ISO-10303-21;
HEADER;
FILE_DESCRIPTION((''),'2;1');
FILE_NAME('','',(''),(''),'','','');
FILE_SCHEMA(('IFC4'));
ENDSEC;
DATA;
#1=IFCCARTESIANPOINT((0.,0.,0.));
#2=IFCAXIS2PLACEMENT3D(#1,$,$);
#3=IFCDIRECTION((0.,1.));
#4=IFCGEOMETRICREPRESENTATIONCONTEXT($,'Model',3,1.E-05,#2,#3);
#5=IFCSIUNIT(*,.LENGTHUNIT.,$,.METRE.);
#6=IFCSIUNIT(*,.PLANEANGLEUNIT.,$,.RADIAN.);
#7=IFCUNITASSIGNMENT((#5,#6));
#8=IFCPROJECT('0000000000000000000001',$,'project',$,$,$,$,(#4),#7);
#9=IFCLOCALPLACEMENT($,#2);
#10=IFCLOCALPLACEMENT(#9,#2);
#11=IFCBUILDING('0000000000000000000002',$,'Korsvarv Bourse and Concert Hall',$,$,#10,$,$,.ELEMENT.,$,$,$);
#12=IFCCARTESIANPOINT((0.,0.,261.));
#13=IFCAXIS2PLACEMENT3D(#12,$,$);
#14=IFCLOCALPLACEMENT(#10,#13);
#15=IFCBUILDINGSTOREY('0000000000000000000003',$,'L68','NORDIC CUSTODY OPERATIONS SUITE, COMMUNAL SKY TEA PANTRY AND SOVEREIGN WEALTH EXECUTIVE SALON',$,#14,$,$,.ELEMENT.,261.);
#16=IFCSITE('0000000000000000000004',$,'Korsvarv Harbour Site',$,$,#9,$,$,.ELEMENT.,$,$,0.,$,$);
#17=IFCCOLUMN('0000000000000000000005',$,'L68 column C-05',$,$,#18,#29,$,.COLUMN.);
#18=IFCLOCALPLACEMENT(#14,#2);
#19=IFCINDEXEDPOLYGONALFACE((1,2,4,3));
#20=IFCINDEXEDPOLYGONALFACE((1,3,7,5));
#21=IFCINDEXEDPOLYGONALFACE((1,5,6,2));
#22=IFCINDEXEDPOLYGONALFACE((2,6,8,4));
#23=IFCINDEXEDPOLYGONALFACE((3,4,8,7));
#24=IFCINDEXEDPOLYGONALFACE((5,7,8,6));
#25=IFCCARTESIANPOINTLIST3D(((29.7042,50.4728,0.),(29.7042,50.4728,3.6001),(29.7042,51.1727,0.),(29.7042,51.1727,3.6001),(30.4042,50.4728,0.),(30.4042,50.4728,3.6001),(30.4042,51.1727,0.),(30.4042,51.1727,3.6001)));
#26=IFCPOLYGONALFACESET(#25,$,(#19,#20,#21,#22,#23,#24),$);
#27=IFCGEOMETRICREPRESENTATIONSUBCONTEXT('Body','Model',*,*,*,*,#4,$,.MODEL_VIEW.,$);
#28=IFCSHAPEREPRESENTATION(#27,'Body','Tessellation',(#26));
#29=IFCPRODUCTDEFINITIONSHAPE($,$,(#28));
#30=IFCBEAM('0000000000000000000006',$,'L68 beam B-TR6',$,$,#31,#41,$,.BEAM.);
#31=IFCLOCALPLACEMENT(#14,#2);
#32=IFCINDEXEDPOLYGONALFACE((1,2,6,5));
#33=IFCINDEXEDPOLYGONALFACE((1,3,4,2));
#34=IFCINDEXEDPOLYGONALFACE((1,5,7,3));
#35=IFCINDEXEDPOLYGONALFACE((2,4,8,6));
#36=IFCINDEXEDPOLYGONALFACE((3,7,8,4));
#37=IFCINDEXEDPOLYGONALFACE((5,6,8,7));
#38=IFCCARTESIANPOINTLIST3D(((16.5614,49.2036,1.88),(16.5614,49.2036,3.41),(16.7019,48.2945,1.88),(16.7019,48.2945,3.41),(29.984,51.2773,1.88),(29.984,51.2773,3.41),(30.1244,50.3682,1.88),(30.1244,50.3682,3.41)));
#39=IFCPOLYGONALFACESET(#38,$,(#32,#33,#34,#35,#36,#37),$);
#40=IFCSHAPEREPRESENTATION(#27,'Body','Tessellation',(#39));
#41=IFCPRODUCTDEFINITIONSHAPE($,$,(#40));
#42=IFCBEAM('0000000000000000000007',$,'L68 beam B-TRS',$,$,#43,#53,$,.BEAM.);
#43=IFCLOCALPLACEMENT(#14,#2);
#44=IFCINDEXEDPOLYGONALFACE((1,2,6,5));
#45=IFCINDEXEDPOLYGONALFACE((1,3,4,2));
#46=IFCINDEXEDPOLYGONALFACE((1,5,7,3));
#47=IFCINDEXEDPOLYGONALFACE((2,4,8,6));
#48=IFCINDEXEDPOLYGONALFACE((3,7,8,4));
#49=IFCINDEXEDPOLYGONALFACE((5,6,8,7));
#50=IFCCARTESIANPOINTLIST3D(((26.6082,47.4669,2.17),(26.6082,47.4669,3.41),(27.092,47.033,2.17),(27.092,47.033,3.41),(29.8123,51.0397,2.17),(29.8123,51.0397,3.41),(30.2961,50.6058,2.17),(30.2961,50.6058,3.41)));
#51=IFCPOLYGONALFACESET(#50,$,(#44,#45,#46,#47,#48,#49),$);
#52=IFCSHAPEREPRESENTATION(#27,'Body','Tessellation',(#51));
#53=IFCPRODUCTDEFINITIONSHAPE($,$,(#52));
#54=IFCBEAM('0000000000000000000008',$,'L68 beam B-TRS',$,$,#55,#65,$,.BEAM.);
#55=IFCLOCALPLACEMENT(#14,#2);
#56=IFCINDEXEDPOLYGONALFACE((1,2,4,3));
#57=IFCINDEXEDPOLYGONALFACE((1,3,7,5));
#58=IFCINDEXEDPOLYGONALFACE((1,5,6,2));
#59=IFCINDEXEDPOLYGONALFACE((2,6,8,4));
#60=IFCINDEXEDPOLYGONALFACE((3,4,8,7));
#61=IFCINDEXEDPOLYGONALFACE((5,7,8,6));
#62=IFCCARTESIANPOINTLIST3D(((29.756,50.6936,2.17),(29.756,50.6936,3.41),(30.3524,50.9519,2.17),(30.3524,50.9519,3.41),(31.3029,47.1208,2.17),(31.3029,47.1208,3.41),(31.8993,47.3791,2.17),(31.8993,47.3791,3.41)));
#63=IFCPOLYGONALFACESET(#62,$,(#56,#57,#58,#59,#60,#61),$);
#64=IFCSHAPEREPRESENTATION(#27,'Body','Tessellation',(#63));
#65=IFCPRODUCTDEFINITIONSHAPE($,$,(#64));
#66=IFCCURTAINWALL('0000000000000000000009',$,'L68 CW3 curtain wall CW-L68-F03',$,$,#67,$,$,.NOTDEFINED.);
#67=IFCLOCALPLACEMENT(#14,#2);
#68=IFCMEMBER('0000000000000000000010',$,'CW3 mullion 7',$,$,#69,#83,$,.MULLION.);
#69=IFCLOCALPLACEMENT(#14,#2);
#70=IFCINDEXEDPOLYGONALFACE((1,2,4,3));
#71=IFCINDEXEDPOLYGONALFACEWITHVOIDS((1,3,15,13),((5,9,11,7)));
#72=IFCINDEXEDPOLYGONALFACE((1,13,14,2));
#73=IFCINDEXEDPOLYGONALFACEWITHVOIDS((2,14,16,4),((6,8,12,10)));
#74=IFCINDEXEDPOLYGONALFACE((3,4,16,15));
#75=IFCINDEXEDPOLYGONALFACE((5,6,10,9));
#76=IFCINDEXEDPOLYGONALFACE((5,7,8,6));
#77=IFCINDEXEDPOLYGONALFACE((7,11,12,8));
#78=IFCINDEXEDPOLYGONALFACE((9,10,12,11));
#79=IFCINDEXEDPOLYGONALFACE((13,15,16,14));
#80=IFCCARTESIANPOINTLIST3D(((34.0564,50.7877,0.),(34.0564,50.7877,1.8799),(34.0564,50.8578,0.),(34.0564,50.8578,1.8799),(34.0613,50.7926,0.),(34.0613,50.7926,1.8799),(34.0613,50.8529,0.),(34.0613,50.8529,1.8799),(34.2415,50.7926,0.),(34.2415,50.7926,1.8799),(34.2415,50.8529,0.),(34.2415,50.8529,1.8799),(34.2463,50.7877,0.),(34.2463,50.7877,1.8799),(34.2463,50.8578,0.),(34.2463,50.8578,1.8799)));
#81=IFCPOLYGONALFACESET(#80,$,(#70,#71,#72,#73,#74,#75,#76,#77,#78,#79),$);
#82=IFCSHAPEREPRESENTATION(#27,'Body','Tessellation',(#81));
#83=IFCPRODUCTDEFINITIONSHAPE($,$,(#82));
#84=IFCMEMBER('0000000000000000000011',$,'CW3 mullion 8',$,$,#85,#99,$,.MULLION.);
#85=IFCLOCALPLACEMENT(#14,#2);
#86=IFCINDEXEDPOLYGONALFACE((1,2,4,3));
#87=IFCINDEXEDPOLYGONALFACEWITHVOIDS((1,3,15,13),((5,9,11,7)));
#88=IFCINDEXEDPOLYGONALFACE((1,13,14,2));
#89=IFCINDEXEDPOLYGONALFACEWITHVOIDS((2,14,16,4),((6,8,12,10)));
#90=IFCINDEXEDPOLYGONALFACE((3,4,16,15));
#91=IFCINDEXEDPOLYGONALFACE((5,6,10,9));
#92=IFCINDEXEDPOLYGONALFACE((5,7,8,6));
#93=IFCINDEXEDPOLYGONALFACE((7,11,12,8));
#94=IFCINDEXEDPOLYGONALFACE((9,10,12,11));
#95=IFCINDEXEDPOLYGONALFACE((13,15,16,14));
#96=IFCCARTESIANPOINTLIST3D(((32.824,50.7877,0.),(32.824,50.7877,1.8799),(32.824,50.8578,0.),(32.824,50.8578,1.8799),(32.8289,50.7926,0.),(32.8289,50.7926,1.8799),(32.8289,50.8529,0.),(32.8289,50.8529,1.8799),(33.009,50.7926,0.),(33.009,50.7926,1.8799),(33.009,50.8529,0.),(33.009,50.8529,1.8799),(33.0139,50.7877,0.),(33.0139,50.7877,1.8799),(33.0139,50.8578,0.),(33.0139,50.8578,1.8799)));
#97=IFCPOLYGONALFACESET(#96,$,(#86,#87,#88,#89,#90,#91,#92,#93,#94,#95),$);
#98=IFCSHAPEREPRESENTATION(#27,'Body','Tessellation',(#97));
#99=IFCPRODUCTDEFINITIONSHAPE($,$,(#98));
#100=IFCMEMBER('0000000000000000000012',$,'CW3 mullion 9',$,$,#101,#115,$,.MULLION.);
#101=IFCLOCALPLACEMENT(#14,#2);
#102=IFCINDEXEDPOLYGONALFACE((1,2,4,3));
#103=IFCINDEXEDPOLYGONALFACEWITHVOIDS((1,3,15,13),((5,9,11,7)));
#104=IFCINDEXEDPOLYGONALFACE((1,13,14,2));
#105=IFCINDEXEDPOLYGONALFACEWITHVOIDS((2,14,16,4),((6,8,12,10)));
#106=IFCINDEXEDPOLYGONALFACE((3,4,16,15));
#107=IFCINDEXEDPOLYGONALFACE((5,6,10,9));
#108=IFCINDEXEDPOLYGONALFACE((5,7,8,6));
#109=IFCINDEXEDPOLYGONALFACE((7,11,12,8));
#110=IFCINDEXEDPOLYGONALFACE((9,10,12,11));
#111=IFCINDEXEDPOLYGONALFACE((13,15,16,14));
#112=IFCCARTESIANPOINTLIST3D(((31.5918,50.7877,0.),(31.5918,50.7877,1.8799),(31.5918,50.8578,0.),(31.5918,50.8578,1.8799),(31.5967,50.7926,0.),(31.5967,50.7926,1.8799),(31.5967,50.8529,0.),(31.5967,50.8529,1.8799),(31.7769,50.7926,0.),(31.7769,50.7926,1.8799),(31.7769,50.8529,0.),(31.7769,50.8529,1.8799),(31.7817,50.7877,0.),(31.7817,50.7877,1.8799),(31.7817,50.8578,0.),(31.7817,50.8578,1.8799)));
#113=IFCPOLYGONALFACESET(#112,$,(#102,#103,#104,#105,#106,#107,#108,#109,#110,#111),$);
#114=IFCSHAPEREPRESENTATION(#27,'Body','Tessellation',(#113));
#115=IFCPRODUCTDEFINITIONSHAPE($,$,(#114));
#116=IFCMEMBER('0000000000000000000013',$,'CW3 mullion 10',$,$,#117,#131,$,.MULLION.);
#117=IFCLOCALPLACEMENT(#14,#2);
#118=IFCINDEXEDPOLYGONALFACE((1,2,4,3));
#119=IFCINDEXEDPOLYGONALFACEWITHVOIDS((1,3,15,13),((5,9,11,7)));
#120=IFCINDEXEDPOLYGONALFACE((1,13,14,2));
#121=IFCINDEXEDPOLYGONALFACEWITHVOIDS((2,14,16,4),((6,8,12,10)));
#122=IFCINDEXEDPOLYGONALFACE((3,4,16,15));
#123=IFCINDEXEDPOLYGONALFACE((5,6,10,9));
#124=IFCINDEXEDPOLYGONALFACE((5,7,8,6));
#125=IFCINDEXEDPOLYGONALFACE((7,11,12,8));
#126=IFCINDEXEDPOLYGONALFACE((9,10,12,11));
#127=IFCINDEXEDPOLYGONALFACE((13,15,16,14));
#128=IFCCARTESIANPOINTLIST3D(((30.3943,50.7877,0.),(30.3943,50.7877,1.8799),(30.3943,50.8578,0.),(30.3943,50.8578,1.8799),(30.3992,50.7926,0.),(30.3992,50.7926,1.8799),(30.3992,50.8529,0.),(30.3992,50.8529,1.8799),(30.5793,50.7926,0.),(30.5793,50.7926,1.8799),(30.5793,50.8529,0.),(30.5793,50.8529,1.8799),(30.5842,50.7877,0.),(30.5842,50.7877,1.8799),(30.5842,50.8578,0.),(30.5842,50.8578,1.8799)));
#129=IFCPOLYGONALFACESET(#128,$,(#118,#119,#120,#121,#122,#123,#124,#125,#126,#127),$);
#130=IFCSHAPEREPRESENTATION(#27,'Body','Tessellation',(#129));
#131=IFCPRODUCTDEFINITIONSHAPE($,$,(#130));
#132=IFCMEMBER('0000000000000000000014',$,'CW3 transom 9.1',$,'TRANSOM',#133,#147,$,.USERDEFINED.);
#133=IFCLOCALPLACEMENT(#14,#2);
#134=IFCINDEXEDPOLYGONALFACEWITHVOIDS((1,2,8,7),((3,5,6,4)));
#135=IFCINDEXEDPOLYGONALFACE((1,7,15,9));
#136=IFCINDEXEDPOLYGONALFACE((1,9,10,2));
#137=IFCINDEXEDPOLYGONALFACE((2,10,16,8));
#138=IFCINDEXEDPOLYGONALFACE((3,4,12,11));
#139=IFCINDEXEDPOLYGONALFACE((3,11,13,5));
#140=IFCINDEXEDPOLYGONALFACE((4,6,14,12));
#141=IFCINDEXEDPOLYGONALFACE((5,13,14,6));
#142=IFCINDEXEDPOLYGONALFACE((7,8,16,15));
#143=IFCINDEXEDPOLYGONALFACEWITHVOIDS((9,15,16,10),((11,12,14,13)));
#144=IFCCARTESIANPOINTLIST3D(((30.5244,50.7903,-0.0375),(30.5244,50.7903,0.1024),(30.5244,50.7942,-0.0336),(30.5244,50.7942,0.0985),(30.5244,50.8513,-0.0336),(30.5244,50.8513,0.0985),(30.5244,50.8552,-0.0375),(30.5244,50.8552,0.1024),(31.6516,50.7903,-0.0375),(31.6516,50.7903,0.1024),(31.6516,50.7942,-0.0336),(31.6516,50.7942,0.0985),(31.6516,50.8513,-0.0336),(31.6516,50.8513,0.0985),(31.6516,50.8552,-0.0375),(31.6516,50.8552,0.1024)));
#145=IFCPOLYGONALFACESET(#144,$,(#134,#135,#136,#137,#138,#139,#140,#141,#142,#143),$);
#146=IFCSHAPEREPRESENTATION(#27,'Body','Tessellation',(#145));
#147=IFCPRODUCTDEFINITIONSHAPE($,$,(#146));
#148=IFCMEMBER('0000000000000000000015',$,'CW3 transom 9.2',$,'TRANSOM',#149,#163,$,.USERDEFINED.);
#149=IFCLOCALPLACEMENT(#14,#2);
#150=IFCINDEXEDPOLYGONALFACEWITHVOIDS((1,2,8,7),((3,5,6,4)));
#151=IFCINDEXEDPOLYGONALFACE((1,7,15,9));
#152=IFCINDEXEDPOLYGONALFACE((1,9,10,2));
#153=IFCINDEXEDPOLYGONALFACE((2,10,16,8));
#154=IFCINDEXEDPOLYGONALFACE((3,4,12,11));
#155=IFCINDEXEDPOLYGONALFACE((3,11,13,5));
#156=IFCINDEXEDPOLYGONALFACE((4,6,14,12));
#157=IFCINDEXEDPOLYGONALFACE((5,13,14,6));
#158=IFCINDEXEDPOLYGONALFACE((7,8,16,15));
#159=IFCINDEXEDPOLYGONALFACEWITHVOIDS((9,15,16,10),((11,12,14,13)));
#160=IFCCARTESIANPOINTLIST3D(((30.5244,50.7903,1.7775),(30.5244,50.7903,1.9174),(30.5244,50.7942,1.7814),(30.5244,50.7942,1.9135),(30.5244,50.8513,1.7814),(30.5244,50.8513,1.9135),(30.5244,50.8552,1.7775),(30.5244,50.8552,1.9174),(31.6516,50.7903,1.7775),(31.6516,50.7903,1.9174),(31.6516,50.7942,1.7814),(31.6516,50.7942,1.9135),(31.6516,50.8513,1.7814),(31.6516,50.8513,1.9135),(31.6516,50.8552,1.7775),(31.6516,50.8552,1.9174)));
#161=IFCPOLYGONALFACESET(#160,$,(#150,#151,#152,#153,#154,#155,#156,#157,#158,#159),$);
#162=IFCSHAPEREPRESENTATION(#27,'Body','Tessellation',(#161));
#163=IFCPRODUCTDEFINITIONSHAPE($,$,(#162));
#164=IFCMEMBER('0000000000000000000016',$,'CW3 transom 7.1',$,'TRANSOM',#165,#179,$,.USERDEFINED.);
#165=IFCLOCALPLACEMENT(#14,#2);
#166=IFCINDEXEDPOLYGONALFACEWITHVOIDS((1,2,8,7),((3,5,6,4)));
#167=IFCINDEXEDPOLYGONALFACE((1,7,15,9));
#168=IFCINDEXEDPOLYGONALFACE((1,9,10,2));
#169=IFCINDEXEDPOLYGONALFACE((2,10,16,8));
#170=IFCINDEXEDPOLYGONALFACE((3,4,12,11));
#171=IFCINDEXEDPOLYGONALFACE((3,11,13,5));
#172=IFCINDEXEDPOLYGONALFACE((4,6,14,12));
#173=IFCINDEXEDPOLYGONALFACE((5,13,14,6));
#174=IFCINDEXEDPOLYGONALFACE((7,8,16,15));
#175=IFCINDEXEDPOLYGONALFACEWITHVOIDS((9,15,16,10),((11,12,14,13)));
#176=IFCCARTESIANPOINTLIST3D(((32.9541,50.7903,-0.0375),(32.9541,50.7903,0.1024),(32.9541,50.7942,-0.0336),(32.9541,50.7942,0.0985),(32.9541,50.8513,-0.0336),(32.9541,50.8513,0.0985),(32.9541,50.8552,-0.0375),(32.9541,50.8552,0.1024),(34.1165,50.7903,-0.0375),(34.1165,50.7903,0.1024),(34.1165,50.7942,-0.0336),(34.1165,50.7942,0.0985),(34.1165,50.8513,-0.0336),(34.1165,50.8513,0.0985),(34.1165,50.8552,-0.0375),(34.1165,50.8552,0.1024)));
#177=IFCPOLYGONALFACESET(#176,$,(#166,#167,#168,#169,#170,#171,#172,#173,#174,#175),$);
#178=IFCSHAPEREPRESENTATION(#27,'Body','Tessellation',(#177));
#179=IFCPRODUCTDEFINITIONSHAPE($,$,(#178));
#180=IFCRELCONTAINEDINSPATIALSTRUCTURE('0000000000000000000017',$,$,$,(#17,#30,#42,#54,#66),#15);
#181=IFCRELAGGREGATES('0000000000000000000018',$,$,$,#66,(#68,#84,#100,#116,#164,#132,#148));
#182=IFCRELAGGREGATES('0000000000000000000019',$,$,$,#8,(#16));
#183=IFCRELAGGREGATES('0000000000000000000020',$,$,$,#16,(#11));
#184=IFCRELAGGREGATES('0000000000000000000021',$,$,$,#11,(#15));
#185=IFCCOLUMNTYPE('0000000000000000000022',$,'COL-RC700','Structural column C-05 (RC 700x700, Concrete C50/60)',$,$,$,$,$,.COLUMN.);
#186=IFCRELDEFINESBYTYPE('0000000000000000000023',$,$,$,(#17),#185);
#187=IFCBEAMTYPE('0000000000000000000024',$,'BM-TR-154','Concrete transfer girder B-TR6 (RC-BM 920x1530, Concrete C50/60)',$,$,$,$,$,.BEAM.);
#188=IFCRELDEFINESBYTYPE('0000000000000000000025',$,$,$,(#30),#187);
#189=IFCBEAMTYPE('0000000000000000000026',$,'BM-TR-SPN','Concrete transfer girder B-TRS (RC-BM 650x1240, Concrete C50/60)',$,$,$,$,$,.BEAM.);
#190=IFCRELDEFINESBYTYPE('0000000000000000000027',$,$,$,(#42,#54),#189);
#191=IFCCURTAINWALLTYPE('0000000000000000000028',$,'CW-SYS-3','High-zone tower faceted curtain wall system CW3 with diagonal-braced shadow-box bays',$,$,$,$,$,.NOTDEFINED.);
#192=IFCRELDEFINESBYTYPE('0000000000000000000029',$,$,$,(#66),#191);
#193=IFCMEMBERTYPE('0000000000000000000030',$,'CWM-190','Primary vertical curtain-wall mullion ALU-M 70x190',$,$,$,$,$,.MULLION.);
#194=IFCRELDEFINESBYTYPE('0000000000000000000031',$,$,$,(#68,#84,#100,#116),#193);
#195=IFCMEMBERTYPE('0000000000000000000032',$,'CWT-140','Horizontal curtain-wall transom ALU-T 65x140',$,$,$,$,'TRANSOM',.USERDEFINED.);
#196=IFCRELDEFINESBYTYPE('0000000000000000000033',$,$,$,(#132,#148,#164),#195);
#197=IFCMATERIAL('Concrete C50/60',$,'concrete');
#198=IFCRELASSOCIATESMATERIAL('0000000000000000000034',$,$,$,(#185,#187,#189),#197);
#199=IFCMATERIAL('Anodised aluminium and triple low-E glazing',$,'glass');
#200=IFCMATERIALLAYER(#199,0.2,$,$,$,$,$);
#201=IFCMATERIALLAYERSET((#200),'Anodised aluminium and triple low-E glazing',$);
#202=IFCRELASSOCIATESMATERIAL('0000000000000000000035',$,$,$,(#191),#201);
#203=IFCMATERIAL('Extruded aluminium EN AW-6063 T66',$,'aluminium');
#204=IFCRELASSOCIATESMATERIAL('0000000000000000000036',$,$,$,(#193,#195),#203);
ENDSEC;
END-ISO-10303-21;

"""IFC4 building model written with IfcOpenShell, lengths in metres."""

from ifc_helpers import new_model, si_unit, direction, frame, origin, origin_2d, place, context, subcontext, project, spatial, rectangle, hollow_rectangle, extrude, source, transform, mapped, material, layer, layer_set, material_profile, profile_set, type_object, element, aggregate, save


model = new_model("IFC4")

# Units and contexts
model_context = context("Model", 3, precision=1e-05, world=origin(), true_north=direction((0.0, 1.0)))
body_context = subcontext(model_context, "Body", "Model", "MODEL_VIEW")
ifc_project = project(units=[si_unit("LENGTHUNIT", "METRE"), si_unit("PLANEANGLEUNIT", "RADIAN")], contexts=[model_context])

# Site, building, storey
site_placement = place(None, origin())
site = spatial("IfcSite", under=ifc_project, at=site_placement, Name="Korsvarv Harbour Site", CompositionType="ELEMENT", RefElevation=0.0)
building_placement = place(site_placement, origin())
building = spatial("IfcBuilding", under=site, at=building_placement, Name="Korsvarv Bourse and Concert Hall", CompositionType="ELEMENT")
storey_placement = place(building_placement, frame((0.0, 0.0, 261.0)))
storey = spatial("IfcBuildingStorey", under=building, at=storey_placement, Name="L68", Description="NORDIC CUSTODY OPERATIONS SUITE, COMMUNAL SKY TEA PANTRY AND SOVEREIGN WEALTH EXECUTIVE SALON", CompositionType="ELEMENT", Elevation=261.0)

# Column
ifc_material_1 = material(Name="Concrete C50/60", Category="concrete")
ifc_material_profile_1 = material_profile(ifc_material_1, rectangle(XDim=0.7, YDim=0.7, at=origin_2d()), Name="RC 700x700")
ifc_profile_set_1 = profile_set([ifc_material_profile_1], Name="Concrete C50/60")
column_type = type_object("IfcColumnType", Name="COL-RC700", Description="Structural column C-05 (RC 700x700, Concrete C50/60)", PredefinedType="COLUMN", material=ifc_profile_set_1)
shared_shape_1 = source(origin(), body_context, "Body", "SweptSolid", [
    extrude(rectangle(XDim=0.7, YDim=0.7, at=origin_2d()), origin(), (0.0, 0.0, 1.0), 3.6001),
])
column_placement = place(storey_placement, frame((30.0542, 50.8228, 0.0), z_axis=(0.0, 0.0, 1.0), x_axis=(1.0, 0.0, 0.0)))
element("IfcColumn", 1, at=column_placement, inside=storey, type_object=column_type, Name="L68 column C-05", PredefinedType="COLUMN", context=body_context, shape_type="MappedRepresentation", body=[
    mapped(shared_shape_1, transform((0.0, 0.0, 0.0), scale=1.0)),
])

# Beams
ifc_material_profile_2 = material_profile(ifc_material_1, rectangle(XDim=0.9199, YDim=1.53, at=origin_2d()), Name="RC-BM 920x1530")
ifc_profile_set_2 = profile_set([ifc_material_profile_2], Name="Concrete C50/60")
beam_type_1 = type_object("IfcBeamType", Name="BM-TR-154", Description="Concrete transfer girder B-TR6 (RC-BM 920x1530, Concrete C50/60)", PredefinedType="BEAM", material=ifc_profile_set_2)
shared_shape_2 = source(origin(), body_context, "Body", "SweptSolid", [
    extrude(rectangle(XDim=0.9199, YDim=1.53, at=origin_2d()), origin(), (0.0, 0.0, 1.0), 13.5818),
])
beam_1_placement = place(storey_placement, frame((30.0542, 50.8228, 2.645), z_axis=(-0.988275, -0.152684, 0.0), x_axis=(0.152684, -0.988275, 0.0)))
element("IfcBeam", 2, at=beam_1_placement, inside=storey, type_object=beam_type_1, Name="L68 beam B-TR6", PredefinedType="BEAM", context=body_context, shape_type="MappedRepresentation", body=[
    mapped(shared_shape_2, transform((0.0, 0.0, 0.0), scale=1.0)),
])
ifc_material_profile_3 = material_profile(ifc_material_1, rectangle(XDim=0.6499, YDim=1.24, at=origin_2d()), Name="RC-BM 650x1240")
ifc_profile_set_3 = profile_set([ifc_material_profile_3], Name="Concrete C50/60")
beam_type_2 = type_object("IfcBeamType", Name="BM-TR-SPN", Description="Concrete transfer girder B-TRS (RC-BM 650x1240, Concrete C50/60)", PredefinedType="BEAM", material=ifc_profile_set_3)
shared_shape_3 = source(origin(), body_context, "Body", "SweptSolid", [
    extrude(rectangle(XDim=0.6499, YDim=1.24, at=origin_2d()), origin(), (0.0, 0.0, 1.0), 4.7991),
])
beam_2_placement = place(storey_placement, frame((30.0542, 50.8228, 2.79), z_axis=(-0.667654, -0.744472, 0.0), x_axis=(0.744472, -0.667654, 0.0)))
element("IfcBeam", 3, at=beam_2_placement, inside=storey, type_object=beam_type_2, Name="L68 beam B-TRS", PredefinedType="BEAM", context=body_context, shape_type="MappedRepresentation", body=[
    mapped(shared_shape_3, transform((0.0, 0.0, 0.0), scale=1.0)),
])
shared_shape_4 = source(origin(), body_context, "Body", "SweptSolid", [
    extrude(rectangle(XDim=0.6499, YDim=1.24, at=origin_2d()), origin(), (0.0, 0.0, 1.0), 3.8933),
])
beam_3_placement = place(storey_placement, frame((30.0542, 50.8228, 2.79), z_axis=(0.397322, -0.917679, 0.0), x_axis=(0.917679, 0.397322, 0.0)))
element("IfcBeam", 4, at=beam_3_placement, inside=storey, type_object=beam_type_2, Name="L68 beam B-TRS", PredefinedType="BEAM", context=body_context, shape_type="MappedRepresentation", body=[
    mapped(shared_shape_4, transform((0.0, 0.0, 0.0), scale=1.0)),
])

# Curtain wall, members
ifc_material_2 = material(Name="Anodised aluminium and triple low-E glazing", Category="glass")
ifc_layer_1 = layer(ifc_material_2, 0.2)
ifc_layer_set_1 = layer_set([ifc_layer_1], Name="Anodised aluminium and triple low-E glazing")
curtain_wall_type = type_object("IfcCurtainWallType", Name="CW-SYS-3", Description="High-zone tower faceted curtain wall system CW3 with diagonal-braced shadow-box bays", PredefinedType="NOTDEFINED", material=ifc_layer_set_1)
curtain_wall_placement = place(storey_placement, origin())
curtain_wall = element("IfcCurtainWall", 5, at=curtain_wall_placement, inside=storey, type_object=curtain_wall_type, Name="L68 CW3 curtain wall CW-L68-F03", PredefinedType="NOTDEFINED")
ifc_material_3 = material(Name="Extruded aluminium EN AW-6063 T66", Category="aluminium")
ifc_material_profile_4 = material_profile(ifc_material_3, hollow_rectangle(XDim=0.0701, YDim=0.1899, WallThickness=0.0049, at=origin_2d()), Name="ALU-M 70x190")
ifc_profile_set_4 = profile_set([ifc_material_profile_4], Name="Extruded aluminium EN AW-6063 T66")
member_type_1 = type_object("IfcMemberType", Name="CWM-190", Description="Primary vertical curtain-wall mullion ALU-M 70x190", PredefinedType="MULLION", material=ifc_profile_set_4)
shared_shape_5 = source(origin(), body_context, "Body", "SweptSolid", [
    extrude(hollow_rectangle(XDim=0.0701, YDim=0.1899, WallThickness=0.0049, at=origin_2d()), origin(), (0.0, 0.0, 1.0), 1.8799),
])
member_1_placement = place(storey_placement, frame((34.1514, 50.8228, 0.0), z_axis=(0.0, 0.0, 1.0), x_axis=(0.0, -1.0, 0.0)))
member_1 = element("IfcMember", 6, at=member_1_placement, type_object=member_type_1, Name="CW3 mullion 7", PredefinedType="MULLION", context=body_context, shape_type="MappedRepresentation", body=[
    mapped(shared_shape_5, transform((0.0, 0.0, 0.0), scale=1.0)),
])
member_2_placement = place(storey_placement, frame((32.9189, 50.8228, 0.0), z_axis=(0.0, 0.0, 1.0), x_axis=(0.0, -1.0, 0.0)))
member_2 = element("IfcMember", 7, at=member_2_placement, type_object=member_type_1, Name="CW3 mullion 8", PredefinedType="MULLION", context=body_context, shape_type="MappedRepresentation", body=[
    mapped(shared_shape_5, transform((0.0, 0.0, 0.0), scale=1.0)),
])
member_3_placement = place(storey_placement, frame((31.6868, 50.8228, 0.0), z_axis=(0.0, 0.0, 1.0), x_axis=(0.0, -1.0, 0.0)))
member_3 = element("IfcMember", 8, at=member_3_placement, type_object=member_type_1, Name="CW3 mullion 9", PredefinedType="MULLION", context=body_context, shape_type="MappedRepresentation", body=[
    mapped(shared_shape_5, transform((0.0, 0.0, 0.0), scale=1.0)),
])
member_4_placement = place(storey_placement, frame((30.4893, 50.8228, 0.0), z_axis=(0.0, 0.0, 1.0), x_axis=(0.0, -1.0, 0.0)))
member_4 = element("IfcMember", 9, at=member_4_placement, type_object=member_type_1, Name="CW3 mullion 10", PredefinedType="MULLION", context=body_context, shape_type="MappedRepresentation", body=[
    mapped(shared_shape_5, transform((0.0, 0.0, 0.0), scale=1.0)),
])
ifc_material_profile_5 = material_profile(ifc_material_3, hollow_rectangle(XDim=0.0649, YDim=0.1399, WallThickness=0.0039, at=origin_2d()), Name="ALU-T 65x140")
ifc_profile_set_5 = profile_set([ifc_material_profile_5], Name="Extruded aluminium EN AW-6063 T66")
member_type_2 = type_object("IfcMemberType", Name="CWT-140", Description="Horizontal curtain-wall transom ALU-T 65x140", ElementType="TRANSOM", PredefinedType="USERDEFINED", material=ifc_profile_set_5)
shared_shape_6 = source(origin(), body_context, "Body", "SweptSolid", [
    extrude(hollow_rectangle(XDim=0.0649, YDim=0.1399, WallThickness=0.0039, at=origin_2d()), origin(), (0.0, 0.0, 1.0), 1.1272),
])
member_5_placement = place(storey_placement, frame((31.6516, 50.8228, 0.0325), z_axis=(-1.0, 0.0, 0.0), x_axis=(0.0, -1.0, 0.0)))
member_5 = element("IfcMember", 10, at=member_5_placement, type_object=member_type_2, Name="CW3 transom 9.1", ObjectType="TRANSOM", PredefinedType="USERDEFINED", context=body_context, shape_type="MappedRepresentation", body=[
    mapped(shared_shape_6, transform((0.0, 0.0, 0.0), scale=1.0)),
])
member_6_placement = place(storey_placement, frame((31.6516, 50.8228, 1.8474), z_axis=(-1.0, 0.0, 0.0), x_axis=(0.0, -1.0, 0.0)))
member_6 = element("IfcMember", 11, at=member_6_placement, type_object=member_type_2, Name="CW3 transom 9.2", ObjectType="TRANSOM", PredefinedType="USERDEFINED", context=body_context, shape_type="MappedRepresentation", body=[
    mapped(shared_shape_6, transform((0.0, 0.0, 0.0), scale=1.0)),
])
shared_shape_7 = source(origin(), body_context, "Body", "SweptSolid", [
    extrude(hollow_rectangle(XDim=0.0649, YDim=0.1399, WallThickness=0.0039, at=origin_2d()), origin(), (0.0, 0.0, 1.0), 1.1624),
])
member_7_placement = place(storey_placement, frame((34.1165, 50.8228, 0.0325), z_axis=(-1.0, 0.0, 0.0), x_axis=(0.0, -1.0, 0.0)))
member_7 = element("IfcMember", 12, at=member_7_placement, type_object=member_type_2, Name="CW3 transom 7.1", ObjectType="TRANSOM", PredefinedType="USERDEFINED", context=body_context, shape_type="MappedRepresentation", body=[
    mapped(shared_shape_7, transform((0.0, 0.0, 0.0), scale=1.0)),
])
aggregate(curtain_wall, [member_1, member_2, member_3, member_4, member_7, member_5, member_6])

save(model, "model.ifc")
